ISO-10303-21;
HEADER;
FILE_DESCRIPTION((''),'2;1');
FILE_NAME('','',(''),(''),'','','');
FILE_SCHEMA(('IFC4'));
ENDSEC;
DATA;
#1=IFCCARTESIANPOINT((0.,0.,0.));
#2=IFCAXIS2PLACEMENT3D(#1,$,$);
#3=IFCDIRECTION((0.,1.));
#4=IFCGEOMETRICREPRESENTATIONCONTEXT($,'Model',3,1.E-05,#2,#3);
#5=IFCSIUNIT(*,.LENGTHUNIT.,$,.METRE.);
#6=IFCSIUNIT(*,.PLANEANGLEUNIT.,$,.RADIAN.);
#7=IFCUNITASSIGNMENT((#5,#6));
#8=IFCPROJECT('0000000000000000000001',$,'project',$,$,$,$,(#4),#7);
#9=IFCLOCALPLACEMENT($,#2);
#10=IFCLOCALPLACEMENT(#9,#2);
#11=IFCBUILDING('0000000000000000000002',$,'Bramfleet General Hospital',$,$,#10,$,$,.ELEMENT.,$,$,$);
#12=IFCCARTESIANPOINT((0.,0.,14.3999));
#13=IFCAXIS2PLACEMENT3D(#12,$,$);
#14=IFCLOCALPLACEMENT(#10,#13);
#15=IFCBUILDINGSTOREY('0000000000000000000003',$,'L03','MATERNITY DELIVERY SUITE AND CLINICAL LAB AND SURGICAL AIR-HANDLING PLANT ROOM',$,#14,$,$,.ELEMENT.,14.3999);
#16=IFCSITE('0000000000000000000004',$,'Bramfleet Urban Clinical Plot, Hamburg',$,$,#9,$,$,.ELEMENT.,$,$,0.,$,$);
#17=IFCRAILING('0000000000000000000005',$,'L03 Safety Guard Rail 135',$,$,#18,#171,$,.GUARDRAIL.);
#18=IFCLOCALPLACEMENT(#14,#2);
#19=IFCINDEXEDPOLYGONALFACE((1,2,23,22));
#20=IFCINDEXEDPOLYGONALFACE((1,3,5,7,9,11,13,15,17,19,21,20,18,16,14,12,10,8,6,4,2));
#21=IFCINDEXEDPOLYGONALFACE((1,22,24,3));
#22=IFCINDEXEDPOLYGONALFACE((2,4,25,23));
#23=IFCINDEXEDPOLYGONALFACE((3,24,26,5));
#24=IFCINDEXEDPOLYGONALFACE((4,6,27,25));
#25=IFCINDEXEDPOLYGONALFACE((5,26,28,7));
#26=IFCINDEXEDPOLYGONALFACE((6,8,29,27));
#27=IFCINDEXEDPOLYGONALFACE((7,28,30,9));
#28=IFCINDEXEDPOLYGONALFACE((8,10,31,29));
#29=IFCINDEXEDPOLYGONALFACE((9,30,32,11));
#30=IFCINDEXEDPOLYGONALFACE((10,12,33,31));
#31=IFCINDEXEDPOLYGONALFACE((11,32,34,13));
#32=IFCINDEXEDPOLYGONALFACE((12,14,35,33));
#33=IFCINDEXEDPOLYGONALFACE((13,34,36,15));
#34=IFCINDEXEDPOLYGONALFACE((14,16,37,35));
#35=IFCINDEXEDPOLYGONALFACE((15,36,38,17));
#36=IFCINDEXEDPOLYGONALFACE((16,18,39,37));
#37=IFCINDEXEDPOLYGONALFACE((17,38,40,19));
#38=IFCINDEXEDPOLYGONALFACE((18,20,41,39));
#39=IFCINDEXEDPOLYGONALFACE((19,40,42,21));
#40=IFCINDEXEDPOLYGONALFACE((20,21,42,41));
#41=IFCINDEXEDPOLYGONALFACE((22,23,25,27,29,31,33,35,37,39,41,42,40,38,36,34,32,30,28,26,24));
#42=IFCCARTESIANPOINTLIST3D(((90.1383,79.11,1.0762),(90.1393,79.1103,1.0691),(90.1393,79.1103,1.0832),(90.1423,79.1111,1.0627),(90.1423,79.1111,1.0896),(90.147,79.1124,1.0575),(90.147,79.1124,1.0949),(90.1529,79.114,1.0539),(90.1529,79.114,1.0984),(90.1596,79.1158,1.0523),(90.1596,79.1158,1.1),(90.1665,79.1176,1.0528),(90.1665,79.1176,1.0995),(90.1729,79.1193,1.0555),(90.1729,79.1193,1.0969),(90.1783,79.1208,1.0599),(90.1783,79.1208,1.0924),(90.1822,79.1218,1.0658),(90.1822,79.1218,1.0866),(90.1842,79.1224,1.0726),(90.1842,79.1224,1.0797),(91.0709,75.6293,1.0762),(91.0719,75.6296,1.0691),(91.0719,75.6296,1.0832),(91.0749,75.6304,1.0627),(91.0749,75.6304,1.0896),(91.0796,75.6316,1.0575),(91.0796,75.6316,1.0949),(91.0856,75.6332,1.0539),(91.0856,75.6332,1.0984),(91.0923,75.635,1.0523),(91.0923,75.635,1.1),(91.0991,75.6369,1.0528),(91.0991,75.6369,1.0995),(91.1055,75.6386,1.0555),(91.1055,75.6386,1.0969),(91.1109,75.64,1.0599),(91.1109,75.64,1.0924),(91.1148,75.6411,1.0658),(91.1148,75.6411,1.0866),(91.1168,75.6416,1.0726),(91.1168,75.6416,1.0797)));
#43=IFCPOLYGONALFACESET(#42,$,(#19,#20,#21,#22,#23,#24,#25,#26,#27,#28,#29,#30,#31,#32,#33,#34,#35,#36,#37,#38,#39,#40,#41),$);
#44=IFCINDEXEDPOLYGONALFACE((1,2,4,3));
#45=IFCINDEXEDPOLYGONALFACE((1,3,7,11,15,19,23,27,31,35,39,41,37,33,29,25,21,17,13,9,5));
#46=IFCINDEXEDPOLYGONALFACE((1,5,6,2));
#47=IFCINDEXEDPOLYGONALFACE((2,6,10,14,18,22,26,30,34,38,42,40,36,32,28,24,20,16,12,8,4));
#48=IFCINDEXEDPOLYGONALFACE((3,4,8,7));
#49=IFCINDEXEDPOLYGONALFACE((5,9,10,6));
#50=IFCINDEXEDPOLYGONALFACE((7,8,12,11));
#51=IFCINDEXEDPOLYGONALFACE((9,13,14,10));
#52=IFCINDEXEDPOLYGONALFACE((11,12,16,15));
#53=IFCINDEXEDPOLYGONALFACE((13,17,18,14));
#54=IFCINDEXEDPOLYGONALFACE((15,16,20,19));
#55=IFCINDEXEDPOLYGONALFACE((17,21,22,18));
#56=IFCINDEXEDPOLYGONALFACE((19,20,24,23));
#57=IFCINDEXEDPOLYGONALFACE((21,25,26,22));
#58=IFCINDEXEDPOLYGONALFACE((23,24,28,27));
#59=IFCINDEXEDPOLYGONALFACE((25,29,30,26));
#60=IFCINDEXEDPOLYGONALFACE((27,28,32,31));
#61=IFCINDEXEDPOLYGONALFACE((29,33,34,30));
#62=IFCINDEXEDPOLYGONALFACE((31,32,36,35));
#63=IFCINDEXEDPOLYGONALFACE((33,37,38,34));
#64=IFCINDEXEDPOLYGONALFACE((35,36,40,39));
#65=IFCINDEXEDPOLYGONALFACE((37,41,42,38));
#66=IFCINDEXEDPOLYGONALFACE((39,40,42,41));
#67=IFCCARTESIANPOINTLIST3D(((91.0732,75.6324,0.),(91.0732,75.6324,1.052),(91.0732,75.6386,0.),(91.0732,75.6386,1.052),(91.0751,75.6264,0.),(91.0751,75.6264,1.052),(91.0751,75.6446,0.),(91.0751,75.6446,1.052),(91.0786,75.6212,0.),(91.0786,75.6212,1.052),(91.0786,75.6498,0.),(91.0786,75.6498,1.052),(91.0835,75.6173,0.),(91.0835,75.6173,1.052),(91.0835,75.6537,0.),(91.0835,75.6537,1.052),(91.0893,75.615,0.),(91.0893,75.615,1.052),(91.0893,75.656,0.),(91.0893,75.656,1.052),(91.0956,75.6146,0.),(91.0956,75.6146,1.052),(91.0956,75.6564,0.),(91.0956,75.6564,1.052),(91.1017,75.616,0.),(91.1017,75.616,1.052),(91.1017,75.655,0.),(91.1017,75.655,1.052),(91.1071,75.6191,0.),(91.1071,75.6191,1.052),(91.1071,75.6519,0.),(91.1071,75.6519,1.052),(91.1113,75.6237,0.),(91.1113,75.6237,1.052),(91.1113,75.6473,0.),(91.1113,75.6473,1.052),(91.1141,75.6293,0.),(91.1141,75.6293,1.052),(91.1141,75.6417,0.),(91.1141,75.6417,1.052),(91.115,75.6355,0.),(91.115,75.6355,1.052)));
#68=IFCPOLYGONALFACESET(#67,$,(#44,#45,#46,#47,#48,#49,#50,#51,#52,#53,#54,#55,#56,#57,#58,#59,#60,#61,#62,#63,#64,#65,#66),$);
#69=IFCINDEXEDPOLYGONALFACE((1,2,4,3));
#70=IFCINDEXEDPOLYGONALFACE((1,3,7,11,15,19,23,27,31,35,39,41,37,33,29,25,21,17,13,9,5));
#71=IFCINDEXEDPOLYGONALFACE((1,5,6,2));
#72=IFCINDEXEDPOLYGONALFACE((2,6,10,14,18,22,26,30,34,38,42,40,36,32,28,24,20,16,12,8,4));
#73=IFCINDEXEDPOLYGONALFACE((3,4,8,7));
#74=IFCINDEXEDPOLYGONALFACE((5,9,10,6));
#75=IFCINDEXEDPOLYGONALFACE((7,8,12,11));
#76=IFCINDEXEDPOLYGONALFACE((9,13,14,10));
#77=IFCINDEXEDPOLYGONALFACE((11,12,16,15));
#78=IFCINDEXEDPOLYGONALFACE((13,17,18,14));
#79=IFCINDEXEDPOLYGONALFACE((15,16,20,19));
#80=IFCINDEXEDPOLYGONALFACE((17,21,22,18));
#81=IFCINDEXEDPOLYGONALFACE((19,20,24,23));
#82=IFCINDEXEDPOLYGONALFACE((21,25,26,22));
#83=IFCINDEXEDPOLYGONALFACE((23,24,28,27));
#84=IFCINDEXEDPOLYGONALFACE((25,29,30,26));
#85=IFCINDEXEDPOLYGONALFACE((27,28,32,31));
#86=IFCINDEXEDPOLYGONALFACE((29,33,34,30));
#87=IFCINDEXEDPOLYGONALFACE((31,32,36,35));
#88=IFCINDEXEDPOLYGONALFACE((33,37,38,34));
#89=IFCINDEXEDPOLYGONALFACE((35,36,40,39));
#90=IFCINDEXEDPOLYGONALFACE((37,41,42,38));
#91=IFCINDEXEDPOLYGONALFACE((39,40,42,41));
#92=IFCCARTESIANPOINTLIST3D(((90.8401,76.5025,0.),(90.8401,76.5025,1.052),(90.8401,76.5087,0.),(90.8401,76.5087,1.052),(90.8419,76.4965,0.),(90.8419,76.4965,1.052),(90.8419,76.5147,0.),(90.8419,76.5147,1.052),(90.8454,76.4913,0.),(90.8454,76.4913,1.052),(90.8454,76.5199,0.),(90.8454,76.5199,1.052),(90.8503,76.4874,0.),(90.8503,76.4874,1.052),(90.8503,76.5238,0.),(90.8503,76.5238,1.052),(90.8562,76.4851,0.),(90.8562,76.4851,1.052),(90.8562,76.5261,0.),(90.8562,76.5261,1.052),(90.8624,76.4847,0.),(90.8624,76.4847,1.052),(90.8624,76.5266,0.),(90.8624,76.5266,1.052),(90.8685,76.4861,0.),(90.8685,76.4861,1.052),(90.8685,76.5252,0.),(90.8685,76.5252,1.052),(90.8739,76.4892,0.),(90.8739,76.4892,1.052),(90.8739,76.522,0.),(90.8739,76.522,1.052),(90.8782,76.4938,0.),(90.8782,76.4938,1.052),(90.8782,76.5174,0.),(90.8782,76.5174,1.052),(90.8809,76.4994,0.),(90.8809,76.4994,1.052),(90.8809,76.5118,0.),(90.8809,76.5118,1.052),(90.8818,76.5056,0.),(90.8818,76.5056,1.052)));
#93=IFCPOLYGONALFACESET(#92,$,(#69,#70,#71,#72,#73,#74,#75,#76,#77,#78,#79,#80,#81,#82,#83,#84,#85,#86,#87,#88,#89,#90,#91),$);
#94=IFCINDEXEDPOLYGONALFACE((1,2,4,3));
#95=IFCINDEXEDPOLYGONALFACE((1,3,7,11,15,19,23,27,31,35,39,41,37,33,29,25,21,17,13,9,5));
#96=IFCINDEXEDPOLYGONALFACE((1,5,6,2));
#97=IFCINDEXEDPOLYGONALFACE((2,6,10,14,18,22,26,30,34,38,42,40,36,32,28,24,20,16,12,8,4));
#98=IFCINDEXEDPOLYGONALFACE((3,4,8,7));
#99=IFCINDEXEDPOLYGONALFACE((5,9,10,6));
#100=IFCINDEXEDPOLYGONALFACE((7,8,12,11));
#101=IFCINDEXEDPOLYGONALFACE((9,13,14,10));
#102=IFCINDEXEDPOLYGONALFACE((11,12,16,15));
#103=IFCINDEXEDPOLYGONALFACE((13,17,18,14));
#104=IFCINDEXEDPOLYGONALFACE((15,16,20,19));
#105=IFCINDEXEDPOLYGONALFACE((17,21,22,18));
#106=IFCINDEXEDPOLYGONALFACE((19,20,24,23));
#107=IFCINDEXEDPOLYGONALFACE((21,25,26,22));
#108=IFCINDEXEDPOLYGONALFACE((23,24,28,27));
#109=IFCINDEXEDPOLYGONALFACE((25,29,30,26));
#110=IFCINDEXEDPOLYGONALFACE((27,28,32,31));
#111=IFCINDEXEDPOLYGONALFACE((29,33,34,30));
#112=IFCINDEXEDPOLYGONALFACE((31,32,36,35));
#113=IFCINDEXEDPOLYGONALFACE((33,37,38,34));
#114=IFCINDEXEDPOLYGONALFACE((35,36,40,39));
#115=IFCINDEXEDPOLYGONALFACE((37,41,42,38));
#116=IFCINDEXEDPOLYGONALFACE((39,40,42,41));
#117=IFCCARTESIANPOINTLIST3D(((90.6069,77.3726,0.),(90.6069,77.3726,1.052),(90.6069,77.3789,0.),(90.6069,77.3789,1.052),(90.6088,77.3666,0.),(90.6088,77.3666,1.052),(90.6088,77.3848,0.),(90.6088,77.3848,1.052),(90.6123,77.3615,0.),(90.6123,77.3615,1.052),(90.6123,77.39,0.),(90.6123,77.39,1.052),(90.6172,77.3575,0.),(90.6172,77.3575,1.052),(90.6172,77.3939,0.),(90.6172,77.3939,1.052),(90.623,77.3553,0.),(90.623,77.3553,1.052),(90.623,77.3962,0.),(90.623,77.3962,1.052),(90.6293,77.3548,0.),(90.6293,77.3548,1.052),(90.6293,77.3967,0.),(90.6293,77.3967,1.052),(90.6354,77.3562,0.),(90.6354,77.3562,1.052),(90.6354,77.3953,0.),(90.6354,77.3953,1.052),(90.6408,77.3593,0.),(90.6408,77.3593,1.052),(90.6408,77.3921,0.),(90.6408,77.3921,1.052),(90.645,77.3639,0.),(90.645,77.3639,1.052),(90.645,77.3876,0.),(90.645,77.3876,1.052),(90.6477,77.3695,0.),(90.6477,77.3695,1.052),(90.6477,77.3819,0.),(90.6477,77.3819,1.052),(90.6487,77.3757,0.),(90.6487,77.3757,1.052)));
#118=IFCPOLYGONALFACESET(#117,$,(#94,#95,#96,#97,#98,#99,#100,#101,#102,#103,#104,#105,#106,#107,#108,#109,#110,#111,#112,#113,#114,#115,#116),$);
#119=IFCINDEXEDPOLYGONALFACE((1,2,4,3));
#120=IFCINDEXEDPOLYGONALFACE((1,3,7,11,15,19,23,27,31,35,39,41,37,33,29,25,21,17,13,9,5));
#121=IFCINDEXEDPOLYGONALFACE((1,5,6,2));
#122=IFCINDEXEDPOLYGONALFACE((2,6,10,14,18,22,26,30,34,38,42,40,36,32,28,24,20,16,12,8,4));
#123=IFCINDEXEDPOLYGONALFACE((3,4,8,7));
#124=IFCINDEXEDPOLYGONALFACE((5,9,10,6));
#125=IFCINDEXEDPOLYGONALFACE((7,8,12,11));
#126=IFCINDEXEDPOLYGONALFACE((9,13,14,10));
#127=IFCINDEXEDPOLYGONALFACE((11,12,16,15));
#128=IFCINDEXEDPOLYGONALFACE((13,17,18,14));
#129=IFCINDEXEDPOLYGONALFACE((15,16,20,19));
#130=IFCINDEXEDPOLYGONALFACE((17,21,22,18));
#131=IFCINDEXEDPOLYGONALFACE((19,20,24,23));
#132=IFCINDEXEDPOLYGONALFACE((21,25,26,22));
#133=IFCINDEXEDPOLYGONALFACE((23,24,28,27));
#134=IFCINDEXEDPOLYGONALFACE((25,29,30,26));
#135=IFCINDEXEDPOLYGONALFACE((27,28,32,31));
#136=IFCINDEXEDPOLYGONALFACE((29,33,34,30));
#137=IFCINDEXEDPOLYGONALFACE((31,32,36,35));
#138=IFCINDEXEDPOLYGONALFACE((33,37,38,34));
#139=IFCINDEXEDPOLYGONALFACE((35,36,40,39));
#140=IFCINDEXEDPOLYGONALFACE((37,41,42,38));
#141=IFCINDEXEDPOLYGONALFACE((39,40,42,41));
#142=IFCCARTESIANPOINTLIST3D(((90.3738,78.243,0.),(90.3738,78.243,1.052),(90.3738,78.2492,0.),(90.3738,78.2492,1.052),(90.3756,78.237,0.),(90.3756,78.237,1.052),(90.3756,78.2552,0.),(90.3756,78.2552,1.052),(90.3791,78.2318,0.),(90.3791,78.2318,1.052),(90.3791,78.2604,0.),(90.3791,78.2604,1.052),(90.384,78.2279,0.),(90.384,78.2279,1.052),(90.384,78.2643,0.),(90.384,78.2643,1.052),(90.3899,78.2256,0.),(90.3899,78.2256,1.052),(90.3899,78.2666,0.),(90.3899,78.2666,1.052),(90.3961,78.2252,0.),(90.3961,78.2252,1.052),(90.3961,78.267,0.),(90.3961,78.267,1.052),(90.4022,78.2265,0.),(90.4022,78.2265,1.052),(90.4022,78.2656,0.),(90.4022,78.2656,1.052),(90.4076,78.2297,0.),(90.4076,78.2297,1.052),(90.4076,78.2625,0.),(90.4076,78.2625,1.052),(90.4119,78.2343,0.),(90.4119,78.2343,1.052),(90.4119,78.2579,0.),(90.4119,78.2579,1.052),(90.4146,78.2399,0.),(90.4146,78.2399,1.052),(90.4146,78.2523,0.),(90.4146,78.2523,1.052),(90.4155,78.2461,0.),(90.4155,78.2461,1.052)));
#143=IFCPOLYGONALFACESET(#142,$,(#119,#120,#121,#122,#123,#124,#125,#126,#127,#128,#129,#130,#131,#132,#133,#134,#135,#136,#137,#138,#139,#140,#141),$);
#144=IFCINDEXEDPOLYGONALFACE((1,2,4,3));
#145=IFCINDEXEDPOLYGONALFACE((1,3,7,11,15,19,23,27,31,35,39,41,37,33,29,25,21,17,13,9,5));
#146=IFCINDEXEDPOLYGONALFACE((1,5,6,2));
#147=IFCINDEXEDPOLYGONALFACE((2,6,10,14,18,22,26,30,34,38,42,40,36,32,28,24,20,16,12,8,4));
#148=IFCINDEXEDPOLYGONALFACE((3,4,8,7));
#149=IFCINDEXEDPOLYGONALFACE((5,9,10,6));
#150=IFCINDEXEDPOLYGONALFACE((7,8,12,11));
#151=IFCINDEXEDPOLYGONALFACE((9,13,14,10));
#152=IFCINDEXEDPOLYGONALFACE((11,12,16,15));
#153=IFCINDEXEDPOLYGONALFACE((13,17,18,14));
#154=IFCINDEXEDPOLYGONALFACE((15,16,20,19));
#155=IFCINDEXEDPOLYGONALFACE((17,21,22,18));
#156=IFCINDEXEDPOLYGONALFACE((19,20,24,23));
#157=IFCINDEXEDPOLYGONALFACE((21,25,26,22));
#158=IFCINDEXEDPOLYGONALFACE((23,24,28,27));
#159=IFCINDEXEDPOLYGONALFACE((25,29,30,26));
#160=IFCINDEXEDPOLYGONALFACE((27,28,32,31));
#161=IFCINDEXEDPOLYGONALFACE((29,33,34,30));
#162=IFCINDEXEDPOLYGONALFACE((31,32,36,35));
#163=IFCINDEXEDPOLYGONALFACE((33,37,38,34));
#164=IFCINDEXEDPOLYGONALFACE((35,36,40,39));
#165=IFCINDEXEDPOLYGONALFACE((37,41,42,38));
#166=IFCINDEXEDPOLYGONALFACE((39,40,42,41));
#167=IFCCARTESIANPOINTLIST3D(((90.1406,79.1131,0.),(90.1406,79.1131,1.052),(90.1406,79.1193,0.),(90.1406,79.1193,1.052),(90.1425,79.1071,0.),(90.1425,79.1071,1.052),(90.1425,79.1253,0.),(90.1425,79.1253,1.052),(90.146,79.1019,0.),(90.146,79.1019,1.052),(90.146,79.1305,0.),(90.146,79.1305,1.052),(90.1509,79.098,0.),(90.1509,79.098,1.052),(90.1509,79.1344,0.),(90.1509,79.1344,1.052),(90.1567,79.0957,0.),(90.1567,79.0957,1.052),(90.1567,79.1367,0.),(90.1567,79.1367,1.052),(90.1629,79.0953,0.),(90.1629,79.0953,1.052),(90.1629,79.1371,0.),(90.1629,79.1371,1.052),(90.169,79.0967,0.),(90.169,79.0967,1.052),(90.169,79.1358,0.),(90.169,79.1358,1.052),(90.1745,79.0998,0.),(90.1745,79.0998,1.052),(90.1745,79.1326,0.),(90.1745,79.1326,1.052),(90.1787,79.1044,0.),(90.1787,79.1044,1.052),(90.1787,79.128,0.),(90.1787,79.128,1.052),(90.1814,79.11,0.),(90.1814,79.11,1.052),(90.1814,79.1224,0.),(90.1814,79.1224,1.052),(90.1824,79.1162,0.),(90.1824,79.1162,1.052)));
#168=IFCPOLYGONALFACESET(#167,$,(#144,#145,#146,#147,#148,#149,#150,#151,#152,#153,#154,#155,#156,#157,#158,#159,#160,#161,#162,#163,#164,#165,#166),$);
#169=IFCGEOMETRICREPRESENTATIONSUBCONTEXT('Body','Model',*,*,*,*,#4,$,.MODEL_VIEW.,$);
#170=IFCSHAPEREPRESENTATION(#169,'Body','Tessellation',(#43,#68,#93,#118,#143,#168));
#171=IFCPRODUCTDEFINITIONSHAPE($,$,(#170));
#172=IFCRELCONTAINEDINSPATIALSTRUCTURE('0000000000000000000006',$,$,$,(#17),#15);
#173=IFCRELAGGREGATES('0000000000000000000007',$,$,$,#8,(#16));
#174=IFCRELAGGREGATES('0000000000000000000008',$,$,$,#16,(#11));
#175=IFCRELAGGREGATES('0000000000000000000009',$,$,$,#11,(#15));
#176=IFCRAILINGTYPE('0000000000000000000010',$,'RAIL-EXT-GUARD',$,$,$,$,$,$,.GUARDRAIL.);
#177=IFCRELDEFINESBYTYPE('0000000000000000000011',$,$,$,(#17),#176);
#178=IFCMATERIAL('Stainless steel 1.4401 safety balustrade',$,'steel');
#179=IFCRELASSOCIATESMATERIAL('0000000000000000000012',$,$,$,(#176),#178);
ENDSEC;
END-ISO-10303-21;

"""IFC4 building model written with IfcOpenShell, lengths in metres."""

from ifc_helpers import new_model, si_unit, direction, frame, origin, origin_2d, place, context, subcontext, project, spatial, circle, extrude, material, type_object, element, save


model = new_model("IFC4")

# Units and contexts
model_context = context("Model", 3, precision=1e-05, world=origin(), true_north=direction((0.0, 1.0)))
body_context = subcontext(model_context, "Body", "Model", "MODEL_VIEW")
ifc_project = project(units=[si_unit("LENGTHUNIT", "METRE"), si_unit("PLANEANGLEUNIT", "RADIAN")], contexts=[model_context])

# Site, building, storey
site_placement = place(None, origin())
site = spatial("IfcSite", under=ifc_project, at=site_placement, Name="Bramfleet Urban Clinical Plot, Hamburg", CompositionType="ELEMENT", RefElevation=0.0)
building_placement = place(site_placement, origin())
building = spatial("IfcBuilding", under=site, at=building_placement, Name="Bramfleet General Hospital", CompositionType="ELEMENT")
storey_placement = place(building_placement, frame((0.0, 0.0, 14.3999)))
storey = spatial("IfcBuildingStorey", under=building, at=storey_placement, Name="L03", Description="MATERNITY DELIVERY SUITE AND CLINICAL LAB AND SURGICAL AIR-HANDLING PLANT ROOM", CompositionType="ELEMENT", Elevation=14.3999)

# Railing
ifc_material_1 = material(Name="Stainless steel 1.4401 safety balustrade", Category="steel")
railing_type = type_object("IfcRailingType", Name="RAIL-EXT-GUARD", PredefinedType="GUARDRAIL", material=ifc_material_1)
railing_placement = place(storey_placement, frame((91.094, 75.6355, 0.0)))
element("IfcRailing", 1, at=railing_placement, inside=storey, type_object=railing_type, Name="L03 Safety Guard Rail 135", PredefinedType="GUARDRAIL", context=body_context, shape_type="SweptSolid", body=[
    extrude(circle(Radius=0.0239, at=origin_2d()), frame((0.0, 0.0, 1.0762), z_axis=(-0.258809, 0.965928, 0.0), x_axis=(-0.965928, -0.258809, 0.0)), (0.0, 0.0, 1.0), 3.6035),
    extrude(circle(Radius=0.021, at=origin_2d()), origin(), (0.0, 0.0, 1.0), 1.052),
    extrude(circle(Radius=0.021, at=origin_2d()), frame((-0.2332, 0.8701, 0.0)), (0.0, 0.0, 1.0), 1.052),
    extrude(circle(Radius=0.021, at=origin_2d()), frame((-0.4663, 1.7402, 0.0)), (0.0, 0.0, 1.0), 1.052),
    extrude(circle(Radius=0.021, at=origin_2d()), frame((-0.6995, 2.6106, 0.0)), (0.0, 0.0, 1.0), 1.052),
    extrude(circle(Radius=0.021, at=origin_2d()), frame((-0.9326, 3.4807, 0.0)), (0.0, 0.0, 1.0), 1.052),
])

save(model, "model.ifc")
